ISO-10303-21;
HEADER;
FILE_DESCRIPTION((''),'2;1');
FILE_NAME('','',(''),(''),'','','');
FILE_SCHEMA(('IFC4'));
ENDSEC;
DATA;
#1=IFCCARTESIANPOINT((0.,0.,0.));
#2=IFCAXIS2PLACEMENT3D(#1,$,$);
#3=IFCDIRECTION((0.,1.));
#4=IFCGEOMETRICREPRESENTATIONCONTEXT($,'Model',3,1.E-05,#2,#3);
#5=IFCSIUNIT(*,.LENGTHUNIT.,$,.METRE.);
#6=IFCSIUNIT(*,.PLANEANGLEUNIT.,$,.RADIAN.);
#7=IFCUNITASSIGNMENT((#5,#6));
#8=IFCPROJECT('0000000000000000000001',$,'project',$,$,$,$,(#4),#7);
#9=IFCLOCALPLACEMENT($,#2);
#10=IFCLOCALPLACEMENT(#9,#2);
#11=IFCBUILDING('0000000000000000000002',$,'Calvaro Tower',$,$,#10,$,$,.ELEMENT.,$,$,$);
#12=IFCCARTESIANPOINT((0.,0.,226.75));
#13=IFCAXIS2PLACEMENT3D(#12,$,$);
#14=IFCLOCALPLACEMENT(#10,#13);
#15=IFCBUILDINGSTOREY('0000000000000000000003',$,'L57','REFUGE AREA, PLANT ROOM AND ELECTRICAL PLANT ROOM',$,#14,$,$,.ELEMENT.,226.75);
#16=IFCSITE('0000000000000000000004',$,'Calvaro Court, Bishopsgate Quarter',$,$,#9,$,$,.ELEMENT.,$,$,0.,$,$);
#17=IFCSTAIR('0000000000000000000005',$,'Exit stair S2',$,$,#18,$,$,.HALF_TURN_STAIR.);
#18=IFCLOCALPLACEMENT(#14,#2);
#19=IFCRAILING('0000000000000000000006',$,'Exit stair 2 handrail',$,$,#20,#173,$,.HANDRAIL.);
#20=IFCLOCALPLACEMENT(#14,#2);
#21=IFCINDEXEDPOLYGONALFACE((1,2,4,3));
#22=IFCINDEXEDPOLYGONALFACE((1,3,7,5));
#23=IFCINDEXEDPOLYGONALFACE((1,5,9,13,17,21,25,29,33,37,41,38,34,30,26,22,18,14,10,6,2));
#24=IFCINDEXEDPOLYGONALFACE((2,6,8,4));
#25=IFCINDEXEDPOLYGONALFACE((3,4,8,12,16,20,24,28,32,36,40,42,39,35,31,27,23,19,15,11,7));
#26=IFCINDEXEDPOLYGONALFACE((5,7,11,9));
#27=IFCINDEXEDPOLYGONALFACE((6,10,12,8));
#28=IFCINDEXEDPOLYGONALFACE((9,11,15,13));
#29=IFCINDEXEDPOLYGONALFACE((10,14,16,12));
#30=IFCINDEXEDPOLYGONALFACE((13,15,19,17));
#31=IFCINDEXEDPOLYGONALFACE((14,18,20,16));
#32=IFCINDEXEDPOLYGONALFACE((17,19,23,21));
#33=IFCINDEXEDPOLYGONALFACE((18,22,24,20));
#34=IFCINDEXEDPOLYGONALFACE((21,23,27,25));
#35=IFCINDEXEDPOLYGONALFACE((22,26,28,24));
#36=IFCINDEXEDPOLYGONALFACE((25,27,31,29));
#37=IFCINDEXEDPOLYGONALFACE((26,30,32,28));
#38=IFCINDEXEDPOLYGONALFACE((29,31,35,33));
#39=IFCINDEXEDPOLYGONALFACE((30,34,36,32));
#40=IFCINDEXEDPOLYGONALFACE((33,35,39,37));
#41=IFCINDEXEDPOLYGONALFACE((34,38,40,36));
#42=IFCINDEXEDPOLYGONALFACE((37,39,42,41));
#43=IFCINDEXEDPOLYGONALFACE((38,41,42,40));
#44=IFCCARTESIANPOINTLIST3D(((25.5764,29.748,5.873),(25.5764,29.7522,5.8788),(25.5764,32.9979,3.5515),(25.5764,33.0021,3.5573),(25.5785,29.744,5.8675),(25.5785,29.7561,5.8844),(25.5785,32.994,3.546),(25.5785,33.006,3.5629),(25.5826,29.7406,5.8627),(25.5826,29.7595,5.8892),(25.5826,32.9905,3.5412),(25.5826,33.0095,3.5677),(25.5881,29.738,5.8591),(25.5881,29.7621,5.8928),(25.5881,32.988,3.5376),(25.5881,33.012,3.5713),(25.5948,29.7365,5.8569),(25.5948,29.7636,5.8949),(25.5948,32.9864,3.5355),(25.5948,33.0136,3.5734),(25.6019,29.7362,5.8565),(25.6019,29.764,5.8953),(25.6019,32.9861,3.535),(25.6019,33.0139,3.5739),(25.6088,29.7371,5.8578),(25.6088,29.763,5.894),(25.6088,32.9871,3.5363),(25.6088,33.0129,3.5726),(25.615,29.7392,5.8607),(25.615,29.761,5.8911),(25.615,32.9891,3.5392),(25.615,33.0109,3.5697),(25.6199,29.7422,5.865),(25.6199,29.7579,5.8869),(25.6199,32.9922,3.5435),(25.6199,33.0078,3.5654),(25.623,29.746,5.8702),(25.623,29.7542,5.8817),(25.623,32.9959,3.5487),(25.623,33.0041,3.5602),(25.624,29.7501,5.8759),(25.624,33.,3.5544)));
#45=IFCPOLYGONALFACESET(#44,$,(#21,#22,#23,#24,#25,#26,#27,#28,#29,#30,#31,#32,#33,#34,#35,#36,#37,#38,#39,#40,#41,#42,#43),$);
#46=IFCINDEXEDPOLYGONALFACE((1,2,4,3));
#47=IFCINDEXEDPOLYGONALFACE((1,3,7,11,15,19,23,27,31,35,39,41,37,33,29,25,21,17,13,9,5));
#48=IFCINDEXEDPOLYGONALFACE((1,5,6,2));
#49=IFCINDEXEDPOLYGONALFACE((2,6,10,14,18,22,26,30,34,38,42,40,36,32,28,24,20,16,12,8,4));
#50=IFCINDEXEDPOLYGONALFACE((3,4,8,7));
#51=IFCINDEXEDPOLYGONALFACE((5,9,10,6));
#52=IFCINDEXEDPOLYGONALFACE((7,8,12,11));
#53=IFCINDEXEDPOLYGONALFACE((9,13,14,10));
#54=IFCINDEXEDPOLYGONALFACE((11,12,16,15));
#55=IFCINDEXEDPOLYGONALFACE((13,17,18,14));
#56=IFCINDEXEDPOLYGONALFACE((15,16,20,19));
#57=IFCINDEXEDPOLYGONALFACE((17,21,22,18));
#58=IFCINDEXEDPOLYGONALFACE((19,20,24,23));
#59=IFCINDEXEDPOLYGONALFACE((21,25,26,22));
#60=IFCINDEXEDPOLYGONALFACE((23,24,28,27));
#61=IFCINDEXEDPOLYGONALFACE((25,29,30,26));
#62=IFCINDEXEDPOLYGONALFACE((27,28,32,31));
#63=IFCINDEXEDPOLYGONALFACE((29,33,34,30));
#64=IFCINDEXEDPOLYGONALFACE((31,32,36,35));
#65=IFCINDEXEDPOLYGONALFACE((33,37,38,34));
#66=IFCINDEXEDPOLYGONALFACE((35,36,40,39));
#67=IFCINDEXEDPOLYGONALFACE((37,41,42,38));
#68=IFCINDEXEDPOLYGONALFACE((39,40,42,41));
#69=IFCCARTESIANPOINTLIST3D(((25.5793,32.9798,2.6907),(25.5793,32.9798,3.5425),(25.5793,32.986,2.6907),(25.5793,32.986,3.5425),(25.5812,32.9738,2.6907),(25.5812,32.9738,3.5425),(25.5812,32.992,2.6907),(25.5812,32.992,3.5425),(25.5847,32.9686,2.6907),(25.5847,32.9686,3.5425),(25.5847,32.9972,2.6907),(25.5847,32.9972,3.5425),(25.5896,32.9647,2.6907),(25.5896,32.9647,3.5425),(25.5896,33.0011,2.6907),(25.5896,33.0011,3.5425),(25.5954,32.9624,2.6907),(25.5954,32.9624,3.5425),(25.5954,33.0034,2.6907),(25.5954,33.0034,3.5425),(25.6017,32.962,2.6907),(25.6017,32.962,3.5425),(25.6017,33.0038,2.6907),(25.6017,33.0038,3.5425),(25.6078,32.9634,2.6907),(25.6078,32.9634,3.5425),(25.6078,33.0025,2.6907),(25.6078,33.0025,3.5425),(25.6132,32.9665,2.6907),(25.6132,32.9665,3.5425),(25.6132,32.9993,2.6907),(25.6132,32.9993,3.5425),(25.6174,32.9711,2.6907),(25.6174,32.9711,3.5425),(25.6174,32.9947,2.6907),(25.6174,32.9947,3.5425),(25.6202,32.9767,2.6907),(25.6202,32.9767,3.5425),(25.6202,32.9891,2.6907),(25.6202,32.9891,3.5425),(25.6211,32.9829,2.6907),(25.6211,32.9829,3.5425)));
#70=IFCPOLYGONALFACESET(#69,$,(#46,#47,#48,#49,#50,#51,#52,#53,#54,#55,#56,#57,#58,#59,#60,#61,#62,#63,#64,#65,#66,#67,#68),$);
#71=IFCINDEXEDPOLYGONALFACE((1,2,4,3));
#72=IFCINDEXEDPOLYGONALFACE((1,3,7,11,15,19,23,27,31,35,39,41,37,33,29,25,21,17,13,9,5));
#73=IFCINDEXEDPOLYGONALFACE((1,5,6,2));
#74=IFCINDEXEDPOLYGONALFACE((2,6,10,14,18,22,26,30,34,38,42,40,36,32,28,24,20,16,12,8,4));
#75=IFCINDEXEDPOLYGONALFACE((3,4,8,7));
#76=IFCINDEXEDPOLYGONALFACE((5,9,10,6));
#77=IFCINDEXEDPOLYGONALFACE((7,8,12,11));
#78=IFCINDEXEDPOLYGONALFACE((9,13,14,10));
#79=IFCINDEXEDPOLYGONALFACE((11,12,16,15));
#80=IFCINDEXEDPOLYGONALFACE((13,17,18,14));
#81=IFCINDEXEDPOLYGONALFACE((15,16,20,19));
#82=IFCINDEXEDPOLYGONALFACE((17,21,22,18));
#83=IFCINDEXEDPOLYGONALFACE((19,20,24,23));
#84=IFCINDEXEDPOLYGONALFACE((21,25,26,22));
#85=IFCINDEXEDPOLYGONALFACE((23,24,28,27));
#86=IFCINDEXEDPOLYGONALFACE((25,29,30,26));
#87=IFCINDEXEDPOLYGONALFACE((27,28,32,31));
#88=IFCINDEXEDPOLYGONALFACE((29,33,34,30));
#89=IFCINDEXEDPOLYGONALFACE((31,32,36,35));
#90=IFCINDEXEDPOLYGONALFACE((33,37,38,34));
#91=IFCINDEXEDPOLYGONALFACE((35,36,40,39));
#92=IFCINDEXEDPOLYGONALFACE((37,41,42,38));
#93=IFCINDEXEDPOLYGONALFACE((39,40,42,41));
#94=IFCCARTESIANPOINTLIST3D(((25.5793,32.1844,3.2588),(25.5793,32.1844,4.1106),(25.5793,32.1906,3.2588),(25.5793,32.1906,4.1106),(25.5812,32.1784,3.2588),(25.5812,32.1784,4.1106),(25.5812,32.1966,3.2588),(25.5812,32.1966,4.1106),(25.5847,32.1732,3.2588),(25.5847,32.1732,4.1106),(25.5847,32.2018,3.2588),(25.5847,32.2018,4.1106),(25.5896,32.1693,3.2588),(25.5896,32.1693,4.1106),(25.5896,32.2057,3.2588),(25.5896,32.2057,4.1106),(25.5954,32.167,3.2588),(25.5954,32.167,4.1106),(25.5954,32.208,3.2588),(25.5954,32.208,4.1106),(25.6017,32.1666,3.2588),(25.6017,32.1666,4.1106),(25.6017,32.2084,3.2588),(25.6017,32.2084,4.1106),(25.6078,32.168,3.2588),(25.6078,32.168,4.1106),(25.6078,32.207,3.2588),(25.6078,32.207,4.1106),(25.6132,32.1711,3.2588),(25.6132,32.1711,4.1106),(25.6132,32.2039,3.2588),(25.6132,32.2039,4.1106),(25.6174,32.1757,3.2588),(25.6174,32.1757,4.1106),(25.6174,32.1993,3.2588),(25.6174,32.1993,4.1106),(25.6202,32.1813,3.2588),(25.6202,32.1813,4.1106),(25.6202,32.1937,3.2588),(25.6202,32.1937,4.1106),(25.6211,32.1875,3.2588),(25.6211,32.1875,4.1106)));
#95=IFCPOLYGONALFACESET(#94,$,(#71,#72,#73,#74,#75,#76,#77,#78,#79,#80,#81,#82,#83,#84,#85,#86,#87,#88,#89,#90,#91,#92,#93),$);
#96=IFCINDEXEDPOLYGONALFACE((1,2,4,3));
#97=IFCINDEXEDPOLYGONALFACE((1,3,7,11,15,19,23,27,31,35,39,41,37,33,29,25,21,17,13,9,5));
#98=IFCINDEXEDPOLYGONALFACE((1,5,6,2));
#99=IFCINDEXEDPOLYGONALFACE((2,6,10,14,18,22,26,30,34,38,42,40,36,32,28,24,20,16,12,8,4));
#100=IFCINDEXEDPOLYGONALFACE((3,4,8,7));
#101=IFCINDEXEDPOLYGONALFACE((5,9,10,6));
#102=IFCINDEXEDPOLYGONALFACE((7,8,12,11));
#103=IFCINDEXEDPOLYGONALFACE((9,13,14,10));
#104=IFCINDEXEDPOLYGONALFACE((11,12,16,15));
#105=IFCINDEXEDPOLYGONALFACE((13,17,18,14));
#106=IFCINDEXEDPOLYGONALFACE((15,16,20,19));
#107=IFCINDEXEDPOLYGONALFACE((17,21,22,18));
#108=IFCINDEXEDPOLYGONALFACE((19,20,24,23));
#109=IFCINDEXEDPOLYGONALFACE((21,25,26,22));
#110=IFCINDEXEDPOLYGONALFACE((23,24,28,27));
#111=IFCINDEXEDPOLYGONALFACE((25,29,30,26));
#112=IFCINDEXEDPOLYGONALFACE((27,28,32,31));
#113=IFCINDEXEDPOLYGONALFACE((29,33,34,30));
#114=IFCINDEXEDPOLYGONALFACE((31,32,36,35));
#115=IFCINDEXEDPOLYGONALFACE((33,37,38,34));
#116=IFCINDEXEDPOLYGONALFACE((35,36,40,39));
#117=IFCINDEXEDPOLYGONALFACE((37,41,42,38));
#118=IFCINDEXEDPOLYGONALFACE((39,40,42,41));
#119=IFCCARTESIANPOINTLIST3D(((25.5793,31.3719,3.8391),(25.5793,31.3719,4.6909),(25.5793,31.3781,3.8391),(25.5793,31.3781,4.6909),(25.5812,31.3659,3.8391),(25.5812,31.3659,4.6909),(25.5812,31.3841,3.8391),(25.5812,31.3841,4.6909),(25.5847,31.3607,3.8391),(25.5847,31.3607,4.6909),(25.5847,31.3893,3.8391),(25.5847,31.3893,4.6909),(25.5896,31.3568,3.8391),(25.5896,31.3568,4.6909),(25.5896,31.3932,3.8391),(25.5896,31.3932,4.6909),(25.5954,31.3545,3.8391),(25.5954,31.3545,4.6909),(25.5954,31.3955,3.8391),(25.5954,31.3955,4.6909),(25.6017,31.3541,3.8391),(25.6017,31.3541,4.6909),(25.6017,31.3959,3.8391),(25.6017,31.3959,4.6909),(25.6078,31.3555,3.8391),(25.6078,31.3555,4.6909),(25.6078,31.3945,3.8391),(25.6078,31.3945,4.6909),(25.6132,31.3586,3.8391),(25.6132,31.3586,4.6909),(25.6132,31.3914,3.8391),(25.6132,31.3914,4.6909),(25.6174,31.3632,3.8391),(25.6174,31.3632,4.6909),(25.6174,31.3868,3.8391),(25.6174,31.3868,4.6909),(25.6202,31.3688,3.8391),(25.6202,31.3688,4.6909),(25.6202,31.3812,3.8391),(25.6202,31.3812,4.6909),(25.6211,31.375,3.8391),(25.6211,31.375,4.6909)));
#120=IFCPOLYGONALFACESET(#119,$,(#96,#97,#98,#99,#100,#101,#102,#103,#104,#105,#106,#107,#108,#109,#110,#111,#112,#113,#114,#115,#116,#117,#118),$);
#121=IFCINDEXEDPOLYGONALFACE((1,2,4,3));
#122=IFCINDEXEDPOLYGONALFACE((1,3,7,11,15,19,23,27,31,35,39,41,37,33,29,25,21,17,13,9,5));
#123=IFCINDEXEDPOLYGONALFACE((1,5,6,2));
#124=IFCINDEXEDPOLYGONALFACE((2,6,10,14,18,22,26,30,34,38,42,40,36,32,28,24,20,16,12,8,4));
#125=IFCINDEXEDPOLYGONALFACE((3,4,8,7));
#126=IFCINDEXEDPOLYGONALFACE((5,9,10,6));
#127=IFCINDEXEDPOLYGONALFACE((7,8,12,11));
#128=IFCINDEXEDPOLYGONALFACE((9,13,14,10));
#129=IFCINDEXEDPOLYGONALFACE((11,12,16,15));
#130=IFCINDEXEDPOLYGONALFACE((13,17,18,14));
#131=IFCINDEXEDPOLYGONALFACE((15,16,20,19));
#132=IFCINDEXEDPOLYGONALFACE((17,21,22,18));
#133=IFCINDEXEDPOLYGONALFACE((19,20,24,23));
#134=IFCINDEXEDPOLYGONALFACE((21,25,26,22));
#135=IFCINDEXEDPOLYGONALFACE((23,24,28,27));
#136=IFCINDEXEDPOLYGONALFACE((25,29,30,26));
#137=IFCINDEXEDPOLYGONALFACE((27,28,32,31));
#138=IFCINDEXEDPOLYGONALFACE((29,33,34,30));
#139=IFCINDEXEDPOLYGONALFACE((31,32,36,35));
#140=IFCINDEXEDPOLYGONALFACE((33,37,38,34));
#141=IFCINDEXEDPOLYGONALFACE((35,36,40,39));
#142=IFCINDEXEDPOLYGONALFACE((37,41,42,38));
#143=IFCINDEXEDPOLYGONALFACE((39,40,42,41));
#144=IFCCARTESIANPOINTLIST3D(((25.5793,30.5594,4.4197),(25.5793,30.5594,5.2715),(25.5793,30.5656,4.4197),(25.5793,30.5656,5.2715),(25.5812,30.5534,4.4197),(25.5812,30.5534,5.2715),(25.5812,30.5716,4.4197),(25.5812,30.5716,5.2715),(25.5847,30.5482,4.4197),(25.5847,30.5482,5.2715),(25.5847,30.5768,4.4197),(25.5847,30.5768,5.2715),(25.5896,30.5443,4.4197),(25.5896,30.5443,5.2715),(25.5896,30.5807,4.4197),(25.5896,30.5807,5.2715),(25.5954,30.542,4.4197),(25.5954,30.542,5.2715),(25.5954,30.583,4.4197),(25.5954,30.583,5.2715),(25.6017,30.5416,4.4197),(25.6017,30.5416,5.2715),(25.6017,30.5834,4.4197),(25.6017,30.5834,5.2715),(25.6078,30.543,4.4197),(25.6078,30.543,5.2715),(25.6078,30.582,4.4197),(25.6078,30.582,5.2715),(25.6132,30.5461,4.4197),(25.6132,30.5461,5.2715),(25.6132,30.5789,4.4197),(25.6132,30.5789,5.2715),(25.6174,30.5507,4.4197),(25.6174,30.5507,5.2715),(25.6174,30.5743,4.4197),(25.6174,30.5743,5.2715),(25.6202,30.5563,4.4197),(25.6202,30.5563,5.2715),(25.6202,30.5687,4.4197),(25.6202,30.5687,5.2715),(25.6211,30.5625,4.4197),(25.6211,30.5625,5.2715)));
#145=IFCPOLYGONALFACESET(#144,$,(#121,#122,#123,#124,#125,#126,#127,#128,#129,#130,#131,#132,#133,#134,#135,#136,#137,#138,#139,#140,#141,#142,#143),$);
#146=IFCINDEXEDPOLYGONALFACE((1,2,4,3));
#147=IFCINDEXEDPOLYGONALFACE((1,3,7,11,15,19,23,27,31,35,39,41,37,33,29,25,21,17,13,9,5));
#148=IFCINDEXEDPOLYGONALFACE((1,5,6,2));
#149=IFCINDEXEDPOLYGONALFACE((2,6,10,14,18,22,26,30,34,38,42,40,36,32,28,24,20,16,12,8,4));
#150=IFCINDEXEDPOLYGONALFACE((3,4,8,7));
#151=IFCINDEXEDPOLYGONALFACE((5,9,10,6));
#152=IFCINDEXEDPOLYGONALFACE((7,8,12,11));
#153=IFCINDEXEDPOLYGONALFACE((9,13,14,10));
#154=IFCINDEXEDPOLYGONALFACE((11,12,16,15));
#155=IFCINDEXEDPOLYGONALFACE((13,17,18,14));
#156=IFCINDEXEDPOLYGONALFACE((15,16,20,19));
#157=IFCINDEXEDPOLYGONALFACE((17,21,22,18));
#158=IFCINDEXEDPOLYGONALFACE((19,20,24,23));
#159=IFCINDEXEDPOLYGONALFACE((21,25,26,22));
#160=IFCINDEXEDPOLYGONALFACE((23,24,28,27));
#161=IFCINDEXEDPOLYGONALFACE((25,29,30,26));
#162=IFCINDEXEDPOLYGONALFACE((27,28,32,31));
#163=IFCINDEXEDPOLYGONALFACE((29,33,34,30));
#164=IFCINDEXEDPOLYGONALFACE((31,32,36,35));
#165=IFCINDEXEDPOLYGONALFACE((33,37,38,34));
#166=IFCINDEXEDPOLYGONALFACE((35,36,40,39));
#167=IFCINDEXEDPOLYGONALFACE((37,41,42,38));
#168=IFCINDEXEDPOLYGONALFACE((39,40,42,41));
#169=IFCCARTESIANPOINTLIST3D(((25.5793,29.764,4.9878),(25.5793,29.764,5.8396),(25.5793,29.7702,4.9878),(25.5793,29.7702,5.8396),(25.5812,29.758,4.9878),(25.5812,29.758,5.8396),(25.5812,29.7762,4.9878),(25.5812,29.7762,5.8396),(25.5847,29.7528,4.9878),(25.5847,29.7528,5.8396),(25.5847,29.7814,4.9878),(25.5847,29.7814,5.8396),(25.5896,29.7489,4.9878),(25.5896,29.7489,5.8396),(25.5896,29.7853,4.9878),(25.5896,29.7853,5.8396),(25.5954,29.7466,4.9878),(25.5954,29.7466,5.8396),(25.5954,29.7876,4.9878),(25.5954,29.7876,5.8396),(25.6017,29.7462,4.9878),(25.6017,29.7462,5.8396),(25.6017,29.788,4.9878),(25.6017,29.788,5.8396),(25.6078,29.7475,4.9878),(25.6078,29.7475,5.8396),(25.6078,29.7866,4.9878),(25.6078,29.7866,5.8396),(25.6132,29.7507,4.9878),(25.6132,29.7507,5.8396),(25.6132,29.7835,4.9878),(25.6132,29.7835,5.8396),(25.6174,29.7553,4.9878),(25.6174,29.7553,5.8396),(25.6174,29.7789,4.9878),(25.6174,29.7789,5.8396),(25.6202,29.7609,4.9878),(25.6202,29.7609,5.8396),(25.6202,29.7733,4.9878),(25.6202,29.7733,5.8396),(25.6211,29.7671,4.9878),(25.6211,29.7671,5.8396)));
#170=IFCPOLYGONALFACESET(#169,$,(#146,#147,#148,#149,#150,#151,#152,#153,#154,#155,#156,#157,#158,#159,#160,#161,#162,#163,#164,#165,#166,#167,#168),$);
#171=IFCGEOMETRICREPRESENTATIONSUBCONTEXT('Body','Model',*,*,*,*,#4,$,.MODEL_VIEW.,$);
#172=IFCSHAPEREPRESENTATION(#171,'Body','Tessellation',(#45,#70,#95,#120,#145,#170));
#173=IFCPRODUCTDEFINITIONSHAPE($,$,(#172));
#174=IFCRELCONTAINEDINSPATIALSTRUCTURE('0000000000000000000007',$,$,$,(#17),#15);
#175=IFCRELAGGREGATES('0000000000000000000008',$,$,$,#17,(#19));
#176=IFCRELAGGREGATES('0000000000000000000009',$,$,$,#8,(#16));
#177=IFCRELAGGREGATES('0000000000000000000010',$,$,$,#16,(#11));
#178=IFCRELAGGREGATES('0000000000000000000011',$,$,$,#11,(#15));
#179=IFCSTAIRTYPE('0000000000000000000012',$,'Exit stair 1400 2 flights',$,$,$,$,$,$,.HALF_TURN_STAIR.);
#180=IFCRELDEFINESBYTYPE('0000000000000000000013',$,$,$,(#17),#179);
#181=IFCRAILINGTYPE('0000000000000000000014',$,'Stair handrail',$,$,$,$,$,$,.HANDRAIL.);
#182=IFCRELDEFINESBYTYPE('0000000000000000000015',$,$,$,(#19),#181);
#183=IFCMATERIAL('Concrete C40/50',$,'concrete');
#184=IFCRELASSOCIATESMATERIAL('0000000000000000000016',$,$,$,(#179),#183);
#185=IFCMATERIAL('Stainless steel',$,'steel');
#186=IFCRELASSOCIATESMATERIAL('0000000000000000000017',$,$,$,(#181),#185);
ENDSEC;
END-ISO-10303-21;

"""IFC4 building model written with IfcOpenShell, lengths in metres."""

from ifc_helpers import new_model, si_unit, direction, frame, origin, origin_2d, place, context, subcontext, project, spatial, circle, extrude, material, type_object, element, aggregate, save


model = new_model("IFC4")

# Units and contexts
model_context = context("Model", 3, precision=1e-05, world=origin(), true_north=direction((0.0, 1.0)))
body_context = subcontext(model_context, "Body", "Model", "MODEL_VIEW")
ifc_project = project(units=[si_unit("LENGTHUNIT", "METRE"), si_unit("PLANEANGLEUNIT", "RADIAN")], contexts=[model_context])

# Site, building, storey
site_placement = place(None, origin())
site = spatial("IfcSite", under=ifc_project, at=site_placement, Name="Calvaro Court, Bishopsgate Quarter", CompositionType="ELEMENT", RefElevation=0.0)
building_placement = place(site_placement, origin())
building = spatial("IfcBuilding", under=site, at=building_placement, Name="Calvaro Tower", CompositionType="ELEMENT")
storey_placement = place(building_placement, frame((0.0, 0.0, 226.75)))
storey = spatial("IfcBuildingStorey", under=building, at=storey_placement, Name="L57", Description="REFUGE AREA, PLANT ROOM AND ELECTRICAL PLANT ROOM", CompositionType="ELEMENT", Elevation=226.75)

# Stair, railing
ifc_material_1 = material(Name="Concrete C40/50", Category="concrete")
stair_type = type_object("IfcStairType", Name="Exit stair 1400 2 flights", PredefinedType="HALF_TURN_STAIR", material=ifc_material_1)
stair_placement = place(storey_placement, origin())
stair = element("IfcStair", 1, at=stair_placement, inside=storey, type_object=stair_type, Name="Exit stair S2", PredefinedType="HALF_TURN_STAIR")
ifc_material_2 = material(Name="Stainless steel", Category="steel")
railing_type = type_object("IfcRailingType", Name="Stair handrail", PredefinedType="HANDRAIL", material=ifc_material_2)
railing_1_placement = place(storey_placement, frame((25.6001, 33.0, 2.6785)))
railing_1 = element("IfcRailing", 2, at=railing_1_placement, type_object=railing_type, Name="Exit stair 2 handrail", PredefinedType="HANDRAIL", context=body_context, shape_type="SweptSolid", body=[
    extrude(circle(Radius=0.0239, at=origin_2d()), frame((0.0, 0.0, 0.876), z_axis=(0.0, -0.813721, 0.581256), x_axis=(1.0, 0.0, 0.0)), (0.0, 0.0, 1.0), 3.9939),
    extrude(circle(Radius=0.021, at=origin_2d()), frame((0.0, -0.0171, 0.0122)), (0.0, 0.0, 1.0), 0.8518),
    extrude(circle(Radius=0.021, at=origin_2d()), frame((0.0, -0.8125, 0.5803)), (0.0, 0.0, 1.0), 0.8518),
    extrude(circle(Radius=0.021, at=origin_2d()), frame((0.0, -1.625, 1.1606)), (0.0, 0.0, 1.0), 0.8518),
    extrude(circle(Radius=0.021, at=origin_2d()), frame((0.0, -2.4375, 1.7412)), (0.0, 0.0, 1.0), 0.8518),
    extrude(circle(Radius=0.021, at=origin_2d()), frame((0.0, -3.2329, 2.3093)), (0.0, 0.0, 1.0), 0.8518),
])
aggregate(stair, [railing_1])

save(model, "model.ifc")
